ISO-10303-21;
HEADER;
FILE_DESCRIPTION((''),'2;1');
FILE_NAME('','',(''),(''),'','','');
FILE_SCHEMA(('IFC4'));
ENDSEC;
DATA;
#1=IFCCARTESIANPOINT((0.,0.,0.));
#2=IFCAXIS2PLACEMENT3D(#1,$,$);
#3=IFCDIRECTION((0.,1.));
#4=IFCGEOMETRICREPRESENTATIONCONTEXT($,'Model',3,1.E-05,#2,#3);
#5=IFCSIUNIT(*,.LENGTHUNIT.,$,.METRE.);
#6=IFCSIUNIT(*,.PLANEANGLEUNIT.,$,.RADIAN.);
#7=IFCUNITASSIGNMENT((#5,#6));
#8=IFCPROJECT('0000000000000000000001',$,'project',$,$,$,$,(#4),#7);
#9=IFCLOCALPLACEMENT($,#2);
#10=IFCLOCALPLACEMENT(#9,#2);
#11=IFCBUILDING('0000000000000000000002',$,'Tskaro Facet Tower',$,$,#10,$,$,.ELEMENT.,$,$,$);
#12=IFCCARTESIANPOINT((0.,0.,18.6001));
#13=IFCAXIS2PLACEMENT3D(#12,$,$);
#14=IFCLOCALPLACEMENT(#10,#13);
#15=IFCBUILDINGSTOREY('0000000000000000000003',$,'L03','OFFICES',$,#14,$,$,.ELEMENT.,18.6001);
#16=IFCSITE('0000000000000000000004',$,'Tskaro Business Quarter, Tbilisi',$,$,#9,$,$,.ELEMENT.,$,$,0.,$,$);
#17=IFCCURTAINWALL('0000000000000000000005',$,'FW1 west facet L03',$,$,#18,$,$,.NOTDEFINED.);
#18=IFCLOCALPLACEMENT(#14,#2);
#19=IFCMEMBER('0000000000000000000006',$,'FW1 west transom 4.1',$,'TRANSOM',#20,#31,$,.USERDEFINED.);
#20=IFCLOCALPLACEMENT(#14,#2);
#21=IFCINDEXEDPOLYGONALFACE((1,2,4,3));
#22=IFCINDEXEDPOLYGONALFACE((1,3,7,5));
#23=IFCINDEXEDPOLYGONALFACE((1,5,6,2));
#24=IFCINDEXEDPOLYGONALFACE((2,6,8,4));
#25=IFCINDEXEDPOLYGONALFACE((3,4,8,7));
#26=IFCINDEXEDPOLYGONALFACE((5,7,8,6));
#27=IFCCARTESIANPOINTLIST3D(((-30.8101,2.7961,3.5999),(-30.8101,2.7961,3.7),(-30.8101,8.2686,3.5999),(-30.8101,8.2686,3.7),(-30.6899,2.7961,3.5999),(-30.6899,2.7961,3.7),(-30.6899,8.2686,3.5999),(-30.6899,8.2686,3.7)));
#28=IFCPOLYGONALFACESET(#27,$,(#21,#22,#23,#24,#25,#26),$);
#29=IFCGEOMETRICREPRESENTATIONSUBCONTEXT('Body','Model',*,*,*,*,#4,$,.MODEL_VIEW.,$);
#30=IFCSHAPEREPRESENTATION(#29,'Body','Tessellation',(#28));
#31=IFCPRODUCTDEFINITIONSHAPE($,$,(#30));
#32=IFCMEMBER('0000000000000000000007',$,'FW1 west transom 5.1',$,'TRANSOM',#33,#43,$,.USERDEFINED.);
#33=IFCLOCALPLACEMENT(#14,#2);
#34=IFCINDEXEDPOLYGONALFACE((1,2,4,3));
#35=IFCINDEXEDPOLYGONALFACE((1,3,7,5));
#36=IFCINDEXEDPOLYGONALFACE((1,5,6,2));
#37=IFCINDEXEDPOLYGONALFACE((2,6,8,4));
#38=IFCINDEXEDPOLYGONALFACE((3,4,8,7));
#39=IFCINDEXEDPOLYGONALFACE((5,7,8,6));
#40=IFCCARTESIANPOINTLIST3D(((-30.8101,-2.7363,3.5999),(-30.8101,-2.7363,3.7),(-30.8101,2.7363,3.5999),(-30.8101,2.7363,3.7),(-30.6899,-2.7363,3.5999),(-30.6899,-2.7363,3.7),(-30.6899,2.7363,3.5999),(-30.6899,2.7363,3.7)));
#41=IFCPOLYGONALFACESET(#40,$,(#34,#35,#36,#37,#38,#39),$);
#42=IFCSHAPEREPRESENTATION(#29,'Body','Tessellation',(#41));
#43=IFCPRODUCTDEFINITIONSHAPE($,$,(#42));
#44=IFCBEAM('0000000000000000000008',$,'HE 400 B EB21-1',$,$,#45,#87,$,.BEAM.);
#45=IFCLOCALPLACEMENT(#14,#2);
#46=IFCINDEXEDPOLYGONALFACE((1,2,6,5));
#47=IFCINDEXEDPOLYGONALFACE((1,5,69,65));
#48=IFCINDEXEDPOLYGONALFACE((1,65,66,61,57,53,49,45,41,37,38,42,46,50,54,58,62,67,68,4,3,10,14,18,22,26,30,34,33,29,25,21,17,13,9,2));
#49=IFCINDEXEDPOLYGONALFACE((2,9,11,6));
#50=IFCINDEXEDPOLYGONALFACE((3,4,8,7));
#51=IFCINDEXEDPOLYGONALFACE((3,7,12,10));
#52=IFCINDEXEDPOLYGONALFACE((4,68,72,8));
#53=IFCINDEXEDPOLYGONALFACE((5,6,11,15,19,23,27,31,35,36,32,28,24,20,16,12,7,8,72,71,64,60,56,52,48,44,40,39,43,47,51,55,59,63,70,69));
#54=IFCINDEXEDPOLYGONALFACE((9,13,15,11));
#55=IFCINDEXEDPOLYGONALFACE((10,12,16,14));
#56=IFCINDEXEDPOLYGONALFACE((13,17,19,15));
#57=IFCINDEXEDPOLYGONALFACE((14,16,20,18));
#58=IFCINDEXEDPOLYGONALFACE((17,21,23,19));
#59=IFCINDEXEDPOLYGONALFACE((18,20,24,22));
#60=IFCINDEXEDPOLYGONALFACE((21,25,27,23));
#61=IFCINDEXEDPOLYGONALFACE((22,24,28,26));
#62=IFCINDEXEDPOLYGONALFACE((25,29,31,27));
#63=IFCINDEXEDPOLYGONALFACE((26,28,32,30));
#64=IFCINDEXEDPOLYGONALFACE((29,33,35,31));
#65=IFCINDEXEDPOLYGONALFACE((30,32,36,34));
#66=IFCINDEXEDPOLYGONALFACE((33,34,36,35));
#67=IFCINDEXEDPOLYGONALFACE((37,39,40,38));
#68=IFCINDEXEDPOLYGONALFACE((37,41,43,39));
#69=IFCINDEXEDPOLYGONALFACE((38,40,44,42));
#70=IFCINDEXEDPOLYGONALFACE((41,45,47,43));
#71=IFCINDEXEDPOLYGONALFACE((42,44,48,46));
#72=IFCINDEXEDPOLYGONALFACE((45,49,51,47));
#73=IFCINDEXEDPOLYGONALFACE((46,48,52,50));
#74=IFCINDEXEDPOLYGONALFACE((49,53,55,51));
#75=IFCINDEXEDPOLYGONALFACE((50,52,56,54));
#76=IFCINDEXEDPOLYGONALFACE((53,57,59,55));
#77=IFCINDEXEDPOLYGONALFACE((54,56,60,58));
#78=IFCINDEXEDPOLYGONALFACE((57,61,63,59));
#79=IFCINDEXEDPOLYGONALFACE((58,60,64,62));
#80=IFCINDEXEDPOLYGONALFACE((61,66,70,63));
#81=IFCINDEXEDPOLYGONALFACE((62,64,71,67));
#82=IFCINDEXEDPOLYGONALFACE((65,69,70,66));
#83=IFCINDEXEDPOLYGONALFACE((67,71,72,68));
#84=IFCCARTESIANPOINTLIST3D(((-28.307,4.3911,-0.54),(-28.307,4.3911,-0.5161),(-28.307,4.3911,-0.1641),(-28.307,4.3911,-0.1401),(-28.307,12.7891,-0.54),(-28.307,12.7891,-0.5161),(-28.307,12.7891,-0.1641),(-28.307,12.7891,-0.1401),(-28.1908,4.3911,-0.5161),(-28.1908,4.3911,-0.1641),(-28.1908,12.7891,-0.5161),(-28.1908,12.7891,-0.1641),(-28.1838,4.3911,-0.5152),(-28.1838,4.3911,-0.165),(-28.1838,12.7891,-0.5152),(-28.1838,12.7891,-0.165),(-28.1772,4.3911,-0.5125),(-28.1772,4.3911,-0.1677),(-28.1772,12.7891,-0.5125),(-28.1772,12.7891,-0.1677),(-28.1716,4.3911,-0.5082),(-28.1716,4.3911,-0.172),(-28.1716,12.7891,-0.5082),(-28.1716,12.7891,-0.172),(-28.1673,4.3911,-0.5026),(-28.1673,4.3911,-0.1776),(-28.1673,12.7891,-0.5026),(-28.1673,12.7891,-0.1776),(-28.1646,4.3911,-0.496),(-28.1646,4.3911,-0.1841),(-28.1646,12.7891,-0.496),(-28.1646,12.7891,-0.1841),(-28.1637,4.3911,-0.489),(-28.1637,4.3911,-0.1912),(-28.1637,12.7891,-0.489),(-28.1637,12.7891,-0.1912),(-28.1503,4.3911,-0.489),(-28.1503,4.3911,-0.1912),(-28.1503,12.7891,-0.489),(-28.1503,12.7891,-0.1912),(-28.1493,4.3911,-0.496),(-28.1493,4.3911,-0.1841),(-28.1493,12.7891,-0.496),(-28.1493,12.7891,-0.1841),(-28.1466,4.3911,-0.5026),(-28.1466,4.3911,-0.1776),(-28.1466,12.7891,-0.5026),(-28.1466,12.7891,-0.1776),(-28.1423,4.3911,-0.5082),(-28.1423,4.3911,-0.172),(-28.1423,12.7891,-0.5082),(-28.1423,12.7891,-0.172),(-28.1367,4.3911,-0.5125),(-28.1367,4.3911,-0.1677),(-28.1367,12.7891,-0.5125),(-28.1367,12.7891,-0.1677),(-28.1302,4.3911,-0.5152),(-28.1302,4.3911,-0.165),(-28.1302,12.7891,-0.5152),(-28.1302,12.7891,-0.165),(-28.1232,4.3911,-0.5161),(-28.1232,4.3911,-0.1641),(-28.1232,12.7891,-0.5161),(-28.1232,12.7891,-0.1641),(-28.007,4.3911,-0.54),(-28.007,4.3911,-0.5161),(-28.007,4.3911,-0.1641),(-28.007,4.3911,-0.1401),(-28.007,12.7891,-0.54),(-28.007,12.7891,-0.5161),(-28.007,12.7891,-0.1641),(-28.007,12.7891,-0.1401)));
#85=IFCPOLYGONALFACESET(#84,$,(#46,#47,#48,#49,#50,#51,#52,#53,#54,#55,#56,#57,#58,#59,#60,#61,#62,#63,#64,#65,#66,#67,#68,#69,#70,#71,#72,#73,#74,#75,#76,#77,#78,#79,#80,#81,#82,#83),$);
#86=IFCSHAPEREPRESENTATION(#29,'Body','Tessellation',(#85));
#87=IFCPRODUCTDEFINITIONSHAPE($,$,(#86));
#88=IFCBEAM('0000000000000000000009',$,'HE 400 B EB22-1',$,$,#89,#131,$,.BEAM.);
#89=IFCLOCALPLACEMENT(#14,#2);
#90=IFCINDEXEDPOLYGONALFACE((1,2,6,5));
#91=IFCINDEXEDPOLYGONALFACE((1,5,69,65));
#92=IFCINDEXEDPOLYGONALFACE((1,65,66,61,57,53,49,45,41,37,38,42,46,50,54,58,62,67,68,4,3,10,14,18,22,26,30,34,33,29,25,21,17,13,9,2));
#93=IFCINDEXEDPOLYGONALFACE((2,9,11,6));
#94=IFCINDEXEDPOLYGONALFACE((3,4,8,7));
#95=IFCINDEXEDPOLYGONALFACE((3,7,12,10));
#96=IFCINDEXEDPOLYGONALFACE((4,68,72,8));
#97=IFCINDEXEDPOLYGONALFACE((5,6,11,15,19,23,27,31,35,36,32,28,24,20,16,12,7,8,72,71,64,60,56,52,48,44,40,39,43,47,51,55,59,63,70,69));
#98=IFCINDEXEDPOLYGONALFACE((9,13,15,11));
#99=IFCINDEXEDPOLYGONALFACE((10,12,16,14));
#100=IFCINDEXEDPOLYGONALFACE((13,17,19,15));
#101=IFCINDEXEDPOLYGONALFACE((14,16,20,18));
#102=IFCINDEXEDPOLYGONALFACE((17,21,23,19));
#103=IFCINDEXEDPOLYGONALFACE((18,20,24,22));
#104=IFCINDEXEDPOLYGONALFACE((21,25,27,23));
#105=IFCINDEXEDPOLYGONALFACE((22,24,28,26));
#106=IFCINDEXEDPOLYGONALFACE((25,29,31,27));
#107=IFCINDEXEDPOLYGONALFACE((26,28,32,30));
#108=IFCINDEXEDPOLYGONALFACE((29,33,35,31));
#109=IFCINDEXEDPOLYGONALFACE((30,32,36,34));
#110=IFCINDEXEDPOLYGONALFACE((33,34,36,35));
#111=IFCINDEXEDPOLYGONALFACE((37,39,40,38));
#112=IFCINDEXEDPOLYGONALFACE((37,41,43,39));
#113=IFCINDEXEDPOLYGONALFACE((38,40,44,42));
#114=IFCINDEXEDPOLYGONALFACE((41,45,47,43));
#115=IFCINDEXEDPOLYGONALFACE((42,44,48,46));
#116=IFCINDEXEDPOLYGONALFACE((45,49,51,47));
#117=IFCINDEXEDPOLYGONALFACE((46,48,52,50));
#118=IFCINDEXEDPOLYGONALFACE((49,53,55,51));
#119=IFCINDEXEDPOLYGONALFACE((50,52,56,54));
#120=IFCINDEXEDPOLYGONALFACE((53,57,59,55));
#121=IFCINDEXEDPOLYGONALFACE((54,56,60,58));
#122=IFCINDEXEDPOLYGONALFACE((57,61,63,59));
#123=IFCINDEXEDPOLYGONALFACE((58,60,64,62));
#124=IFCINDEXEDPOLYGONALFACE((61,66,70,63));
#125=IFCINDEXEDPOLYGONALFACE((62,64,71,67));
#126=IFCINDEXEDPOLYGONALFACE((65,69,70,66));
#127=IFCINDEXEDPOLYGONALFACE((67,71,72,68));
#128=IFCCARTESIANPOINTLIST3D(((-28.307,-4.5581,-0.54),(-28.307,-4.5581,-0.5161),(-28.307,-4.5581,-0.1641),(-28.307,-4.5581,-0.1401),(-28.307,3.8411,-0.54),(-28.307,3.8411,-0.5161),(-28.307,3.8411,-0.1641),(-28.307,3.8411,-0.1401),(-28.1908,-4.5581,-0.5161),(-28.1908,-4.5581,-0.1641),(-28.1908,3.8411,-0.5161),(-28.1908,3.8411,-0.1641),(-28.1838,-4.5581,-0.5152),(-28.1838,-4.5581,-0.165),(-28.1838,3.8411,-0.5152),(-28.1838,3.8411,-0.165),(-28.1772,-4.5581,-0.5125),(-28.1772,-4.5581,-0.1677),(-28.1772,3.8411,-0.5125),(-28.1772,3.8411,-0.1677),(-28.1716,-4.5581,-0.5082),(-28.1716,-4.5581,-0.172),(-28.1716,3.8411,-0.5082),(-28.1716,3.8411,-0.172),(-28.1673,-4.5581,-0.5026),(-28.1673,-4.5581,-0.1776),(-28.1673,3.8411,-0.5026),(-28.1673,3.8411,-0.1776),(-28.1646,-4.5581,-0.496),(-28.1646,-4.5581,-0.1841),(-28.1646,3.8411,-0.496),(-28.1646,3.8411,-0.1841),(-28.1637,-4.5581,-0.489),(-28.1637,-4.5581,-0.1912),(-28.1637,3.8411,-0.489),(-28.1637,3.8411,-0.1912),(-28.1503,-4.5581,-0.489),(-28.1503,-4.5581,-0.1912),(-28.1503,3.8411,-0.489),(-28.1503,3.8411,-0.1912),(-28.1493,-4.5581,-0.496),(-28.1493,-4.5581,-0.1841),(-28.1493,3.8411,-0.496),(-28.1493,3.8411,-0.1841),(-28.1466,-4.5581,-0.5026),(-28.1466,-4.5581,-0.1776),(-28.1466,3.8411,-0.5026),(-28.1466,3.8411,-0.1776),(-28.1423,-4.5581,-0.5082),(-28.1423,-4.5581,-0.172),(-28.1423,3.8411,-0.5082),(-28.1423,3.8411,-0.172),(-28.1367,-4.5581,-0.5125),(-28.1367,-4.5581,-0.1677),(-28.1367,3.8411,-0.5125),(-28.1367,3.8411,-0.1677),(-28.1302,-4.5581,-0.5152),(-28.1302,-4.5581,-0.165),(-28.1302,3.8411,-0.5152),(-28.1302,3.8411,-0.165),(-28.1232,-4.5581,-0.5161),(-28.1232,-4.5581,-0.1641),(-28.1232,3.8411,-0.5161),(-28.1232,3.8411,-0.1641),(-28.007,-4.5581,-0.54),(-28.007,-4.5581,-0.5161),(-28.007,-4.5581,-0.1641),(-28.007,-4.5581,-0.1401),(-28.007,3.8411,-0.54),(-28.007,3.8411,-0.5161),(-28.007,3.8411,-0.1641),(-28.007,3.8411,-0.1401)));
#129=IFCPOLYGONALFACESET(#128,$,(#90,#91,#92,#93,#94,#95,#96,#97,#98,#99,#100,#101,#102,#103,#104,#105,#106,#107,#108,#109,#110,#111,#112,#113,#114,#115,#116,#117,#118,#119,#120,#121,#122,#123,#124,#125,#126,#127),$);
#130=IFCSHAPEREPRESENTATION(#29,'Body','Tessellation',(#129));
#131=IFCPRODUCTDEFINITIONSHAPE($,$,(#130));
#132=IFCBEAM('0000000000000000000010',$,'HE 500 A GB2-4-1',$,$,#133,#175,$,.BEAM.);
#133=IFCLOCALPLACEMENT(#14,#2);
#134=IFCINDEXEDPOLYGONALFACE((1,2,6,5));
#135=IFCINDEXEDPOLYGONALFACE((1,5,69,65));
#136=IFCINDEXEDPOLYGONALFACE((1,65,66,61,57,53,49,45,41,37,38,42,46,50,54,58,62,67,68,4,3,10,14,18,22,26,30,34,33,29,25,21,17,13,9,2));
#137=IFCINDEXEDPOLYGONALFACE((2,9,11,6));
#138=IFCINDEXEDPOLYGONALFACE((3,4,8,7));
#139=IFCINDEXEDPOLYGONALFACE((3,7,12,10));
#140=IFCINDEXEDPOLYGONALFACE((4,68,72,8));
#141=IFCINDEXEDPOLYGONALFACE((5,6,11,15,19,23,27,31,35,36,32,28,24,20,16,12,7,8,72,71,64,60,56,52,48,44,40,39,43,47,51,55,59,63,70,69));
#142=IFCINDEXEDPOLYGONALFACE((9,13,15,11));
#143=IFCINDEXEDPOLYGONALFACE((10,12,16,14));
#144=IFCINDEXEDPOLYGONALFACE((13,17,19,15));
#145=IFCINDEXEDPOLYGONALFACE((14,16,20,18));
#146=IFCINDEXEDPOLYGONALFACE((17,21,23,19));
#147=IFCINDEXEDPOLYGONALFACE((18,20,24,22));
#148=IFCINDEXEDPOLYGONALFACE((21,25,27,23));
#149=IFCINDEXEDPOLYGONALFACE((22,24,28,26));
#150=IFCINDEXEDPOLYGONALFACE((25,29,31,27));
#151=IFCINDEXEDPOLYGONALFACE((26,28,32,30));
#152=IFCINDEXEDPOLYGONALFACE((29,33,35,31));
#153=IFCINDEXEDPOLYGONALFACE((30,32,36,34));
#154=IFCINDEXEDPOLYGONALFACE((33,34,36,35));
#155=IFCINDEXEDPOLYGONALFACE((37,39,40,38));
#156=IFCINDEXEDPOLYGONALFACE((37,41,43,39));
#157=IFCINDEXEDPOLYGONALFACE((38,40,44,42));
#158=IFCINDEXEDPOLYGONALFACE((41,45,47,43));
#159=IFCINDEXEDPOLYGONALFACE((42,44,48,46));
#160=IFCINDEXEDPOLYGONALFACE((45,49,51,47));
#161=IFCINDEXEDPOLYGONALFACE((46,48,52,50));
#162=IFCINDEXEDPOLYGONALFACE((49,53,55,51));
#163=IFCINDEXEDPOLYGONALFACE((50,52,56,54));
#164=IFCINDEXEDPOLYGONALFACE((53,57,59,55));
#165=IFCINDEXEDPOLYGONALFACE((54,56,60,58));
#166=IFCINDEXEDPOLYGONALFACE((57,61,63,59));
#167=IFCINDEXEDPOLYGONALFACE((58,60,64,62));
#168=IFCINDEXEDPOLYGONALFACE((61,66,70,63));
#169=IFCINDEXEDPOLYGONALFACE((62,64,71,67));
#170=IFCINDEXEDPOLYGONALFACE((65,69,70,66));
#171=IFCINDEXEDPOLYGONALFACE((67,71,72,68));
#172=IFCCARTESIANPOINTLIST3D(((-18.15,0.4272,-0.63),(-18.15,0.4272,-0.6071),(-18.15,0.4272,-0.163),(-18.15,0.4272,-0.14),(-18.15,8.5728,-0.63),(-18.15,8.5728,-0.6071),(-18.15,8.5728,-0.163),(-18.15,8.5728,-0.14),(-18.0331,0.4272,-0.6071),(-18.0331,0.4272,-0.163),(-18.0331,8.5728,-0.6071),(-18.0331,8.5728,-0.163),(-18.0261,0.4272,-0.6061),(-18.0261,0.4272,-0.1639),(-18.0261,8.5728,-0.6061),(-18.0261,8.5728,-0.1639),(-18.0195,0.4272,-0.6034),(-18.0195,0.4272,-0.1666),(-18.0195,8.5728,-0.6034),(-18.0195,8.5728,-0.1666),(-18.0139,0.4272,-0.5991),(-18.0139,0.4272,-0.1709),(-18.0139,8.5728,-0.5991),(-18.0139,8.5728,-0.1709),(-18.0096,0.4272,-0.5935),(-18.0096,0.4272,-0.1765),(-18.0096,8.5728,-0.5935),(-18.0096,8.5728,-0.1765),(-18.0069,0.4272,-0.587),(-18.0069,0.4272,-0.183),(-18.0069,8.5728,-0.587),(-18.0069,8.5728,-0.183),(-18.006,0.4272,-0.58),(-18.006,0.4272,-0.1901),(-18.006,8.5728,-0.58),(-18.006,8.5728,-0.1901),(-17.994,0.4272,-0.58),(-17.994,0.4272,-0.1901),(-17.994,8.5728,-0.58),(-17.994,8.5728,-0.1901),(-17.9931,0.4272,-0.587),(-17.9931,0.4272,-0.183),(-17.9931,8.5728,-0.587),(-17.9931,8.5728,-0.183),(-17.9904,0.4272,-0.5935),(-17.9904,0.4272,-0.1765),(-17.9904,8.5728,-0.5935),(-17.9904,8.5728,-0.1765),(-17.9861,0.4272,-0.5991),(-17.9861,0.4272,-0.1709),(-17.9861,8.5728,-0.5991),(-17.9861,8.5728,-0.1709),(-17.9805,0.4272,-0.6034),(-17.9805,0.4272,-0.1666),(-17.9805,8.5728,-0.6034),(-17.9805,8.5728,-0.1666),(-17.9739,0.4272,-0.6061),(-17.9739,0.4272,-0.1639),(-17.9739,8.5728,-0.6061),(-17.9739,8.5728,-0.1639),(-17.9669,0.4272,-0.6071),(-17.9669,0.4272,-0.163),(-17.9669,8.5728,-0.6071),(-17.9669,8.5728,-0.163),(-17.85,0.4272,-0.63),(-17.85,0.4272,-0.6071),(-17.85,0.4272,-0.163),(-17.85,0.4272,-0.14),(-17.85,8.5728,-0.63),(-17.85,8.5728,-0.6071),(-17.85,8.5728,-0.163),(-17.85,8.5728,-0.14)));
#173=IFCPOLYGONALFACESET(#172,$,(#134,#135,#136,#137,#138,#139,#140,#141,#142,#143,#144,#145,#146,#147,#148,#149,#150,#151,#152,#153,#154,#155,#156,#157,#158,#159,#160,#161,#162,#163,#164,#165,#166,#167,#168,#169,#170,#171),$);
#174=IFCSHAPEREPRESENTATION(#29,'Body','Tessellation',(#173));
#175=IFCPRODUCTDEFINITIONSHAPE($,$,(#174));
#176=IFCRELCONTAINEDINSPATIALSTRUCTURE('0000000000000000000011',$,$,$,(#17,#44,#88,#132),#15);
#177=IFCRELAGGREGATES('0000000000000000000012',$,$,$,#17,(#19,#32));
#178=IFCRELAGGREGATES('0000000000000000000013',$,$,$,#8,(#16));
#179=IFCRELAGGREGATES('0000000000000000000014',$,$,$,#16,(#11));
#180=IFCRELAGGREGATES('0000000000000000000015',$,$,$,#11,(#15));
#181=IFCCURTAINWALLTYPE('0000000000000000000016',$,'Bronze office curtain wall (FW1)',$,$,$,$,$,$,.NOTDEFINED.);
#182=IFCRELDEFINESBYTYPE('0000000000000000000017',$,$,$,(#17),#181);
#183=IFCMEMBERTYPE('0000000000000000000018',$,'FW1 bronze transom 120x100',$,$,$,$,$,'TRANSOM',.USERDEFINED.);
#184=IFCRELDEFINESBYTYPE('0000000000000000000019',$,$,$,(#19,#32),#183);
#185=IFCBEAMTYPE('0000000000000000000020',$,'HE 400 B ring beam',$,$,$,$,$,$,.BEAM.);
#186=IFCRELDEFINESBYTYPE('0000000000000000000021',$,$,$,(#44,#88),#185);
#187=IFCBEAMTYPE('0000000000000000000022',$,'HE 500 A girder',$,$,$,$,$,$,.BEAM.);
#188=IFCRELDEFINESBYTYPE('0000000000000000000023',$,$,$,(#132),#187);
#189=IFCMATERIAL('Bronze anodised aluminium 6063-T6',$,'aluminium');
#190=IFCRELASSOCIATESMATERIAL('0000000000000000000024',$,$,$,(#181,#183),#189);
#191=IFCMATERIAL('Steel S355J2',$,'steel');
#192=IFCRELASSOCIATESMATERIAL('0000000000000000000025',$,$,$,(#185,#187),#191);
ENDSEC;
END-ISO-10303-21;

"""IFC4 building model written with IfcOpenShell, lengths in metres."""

from ifc_helpers import new_model, si_unit, direction, frame, origin, origin_2d, place, context, subcontext, project, spatial, rectangle, i_section, extrude, material, material_profile, profile_set, type_object, element, aggregate, save


model = new_model("IFC4")

# Units and contexts
model_context = context("Model", 3, precision=1e-05, world=origin(), true_north=direction((0.0, 1.0)))
body_context = subcontext(model_context, "Body", "Model", "MODEL_VIEW")
ifc_project = project(units=[si_unit("LENGTHUNIT", "METRE"), si_unit("PLANEANGLEUNIT", "RADIAN")], contexts=[model_context])

# Site, building, storey
site_placement = place(None, origin())
site = spatial("IfcSite", under=ifc_project, at=site_placement, Name="Tskaro Business Quarter, Tbilisi", CompositionType="ELEMENT", RefElevation=0.0)
building_placement = place(site_placement, origin())
building = spatial("IfcBuilding", under=site, at=building_placement, Name="Tskaro Facet Tower", CompositionType="ELEMENT")
storey_placement = place(building_placement, frame((0.0, 0.0, 18.6001)))
storey = spatial("IfcBuildingStorey", under=building, at=storey_placement, Name="L03", Description="OFFICES", CompositionType="ELEMENT", Elevation=18.6001)

# Curtain wall, members
ifc_material_1 = material(Name="Bronze anodised aluminium 6063-T6", Category="aluminium")
curtain_wall_type = type_object("IfcCurtainWallType", Name="Bronze office curtain wall (FW1)", PredefinedType="NOTDEFINED", material=ifc_material_1)
curtain_wall_placement = place(storey_placement, origin())
curtain_wall = element("IfcCurtainWall", 1, at=curtain_wall_placement, inside=storey, type_object=curtain_wall_type, Name="FW1 west facet L03", PredefinedType="NOTDEFINED")
ifc_material_profile_1 = material_profile(ifc_material_1, rectangle(XDim=0.1201, YDim=0.1001, at=origin_2d()), Name="Transom 120x100")
ifc_profile_set_1 = profile_set([ifc_material_profile_1], Name="Bronze anodised aluminium 6063-T6")
member_type_1 = type_object("IfcMemberType", Name="FW1 bronze transom 120x100", ElementType="TRANSOM", PredefinedType="USERDEFINED", material=ifc_profile_set_1)
member_1_placement = place(storey_placement, frame((-30.75, 8.2686, 3.6499), z_axis=(0.0, -1.0, 0.0), x_axis=(1.0, 0.0, 0.0)))
member_1 = element("IfcMember", 2, at=member_1_placement, type_object=member_type_1, Name="FW1 west transom 4.1", ObjectType="TRANSOM", PredefinedType="USERDEFINED", context=body_context, shape_type="SweptSolid", body=[
    extrude(rectangle(XDim=0.1201, YDim=0.1001, at=origin_2d()), origin(), (0.0, 0.0, 1.0), 5.4724),
])
member_2_placement = place(storey_placement, frame((-30.75, 2.7363, 3.6499), z_axis=(0.0, -1.0, 0.0), x_axis=(1.0, 0.0, 0.0)))
member_2 = element("IfcMember", 3, at=member_2_placement, type_object=member_type_1, Name="FW1 west transom 5.1", ObjectType="TRANSOM", PredefinedType="USERDEFINED", context=body_context, shape_type="SweptSolid", body=[
    extrude(rectangle(XDim=0.1201, YDim=0.1001, at=origin_2d()), origin(), (0.0, 0.0, 1.0), 5.4727),
])

# Beams
ifc_material_2 = material(Name="Steel S355J2", Category="steel")
ifc_material_profile_2 = material_profile(ifc_material_2, i_section(OverallWidth=0.3, OverallDepth=0.3999, WebThickness=0.0134, FlangeThickness=0.0239, FilletRadius=0.0271, at=origin_2d()), Name="HE 400 B")
ifc_profile_set_2 = profile_set([ifc_material_profile_2], Name="Steel S355J2")
beam_type_1 = type_object("IfcBeamType", Name="HE 400 B ring beam", PredefinedType="BEAM", material=ifc_profile_set_2)
beam_1_placement = place(storey_placement, frame((-28.157, 12.7891, -0.3401), z_axis=(0.0, -1.0, 0.0), x_axis=(1.0, 0.0, 0.0)))
element("IfcBeam", 4, at=beam_1_placement, inside=storey, type_object=beam_type_1, Name="HE 400 B EB21-1", PredefinedType="BEAM", context=body_context, shape_type="SweptSolid", body=[
    extrude(i_section(OverallWidth=0.3, OverallDepth=0.3999, WebThickness=0.0134, FlangeThickness=0.0239, FilletRadius=0.0271, at=origin_2d()), origin(), (0.0, 0.0, 1.0), 8.3979),
])
beam_2_placement = place(storey_placement, frame((-28.157, 3.8411, -0.3401), z_axis=(0.0, -1.0, 0.0), x_axis=(1.0, 0.0, 0.0)))
element("IfcBeam", 5, at=beam_2_placement, inside=storey, type_object=beam_type_1, Name="HE 400 B EB22-1", PredefinedType="BEAM", context=body_context, shape_type="SweptSolid", body=[
    extrude(i_section(OverallWidth=0.3, OverallDepth=0.3999, WebThickness=0.0134, FlangeThickness=0.0239, FilletRadius=0.0271, at=origin_2d()), origin(), (0.0, 0.0, 1.0), 8.3992),
])
ifc_material_profile_3 = material_profile(ifc_material_2, i_section(OverallWidth=0.3, OverallDepth=0.49, WebThickness=0.012, FlangeThickness=0.0229, FilletRadius=0.0271, at=origin_2d()), Name="HE 500 A")
ifc_profile_set_3 = profile_set([ifc_material_profile_3], Name="Steel S355J2")
beam_type_2 = type_object("IfcBeamType", Name="HE 500 A girder", PredefinedType="BEAM", material=ifc_profile_set_3)
for number, where, z_axis, x_axis, name in (
    (6, (-18.0, 0.4272, -0.385), (0.0, 1.0, 0.0), (-1.0, 0.0, 0.0), "HE 500 A GB2-4-1"),
):
    element("IfcBeam", number, at=place(storey_placement, frame(where, z_axis=z_axis, x_axis=x_axis)), inside=storey, type_object=beam_type_2, Name=name, PredefinedType="BEAM", context=body_context, shape_type="SweptSolid", body=[
        extrude(i_section(OverallWidth=0.3, OverallDepth=0.49, WebThickness=0.012, FlangeThickness=0.0229, FilletRadius=0.0271, at=origin_2d()), origin(), (0.0, 0.0, 1.0), 8.1455),
    ])

aggregate(curtain_wall, [member_1, member_2])

save(model, "model.ifc")
